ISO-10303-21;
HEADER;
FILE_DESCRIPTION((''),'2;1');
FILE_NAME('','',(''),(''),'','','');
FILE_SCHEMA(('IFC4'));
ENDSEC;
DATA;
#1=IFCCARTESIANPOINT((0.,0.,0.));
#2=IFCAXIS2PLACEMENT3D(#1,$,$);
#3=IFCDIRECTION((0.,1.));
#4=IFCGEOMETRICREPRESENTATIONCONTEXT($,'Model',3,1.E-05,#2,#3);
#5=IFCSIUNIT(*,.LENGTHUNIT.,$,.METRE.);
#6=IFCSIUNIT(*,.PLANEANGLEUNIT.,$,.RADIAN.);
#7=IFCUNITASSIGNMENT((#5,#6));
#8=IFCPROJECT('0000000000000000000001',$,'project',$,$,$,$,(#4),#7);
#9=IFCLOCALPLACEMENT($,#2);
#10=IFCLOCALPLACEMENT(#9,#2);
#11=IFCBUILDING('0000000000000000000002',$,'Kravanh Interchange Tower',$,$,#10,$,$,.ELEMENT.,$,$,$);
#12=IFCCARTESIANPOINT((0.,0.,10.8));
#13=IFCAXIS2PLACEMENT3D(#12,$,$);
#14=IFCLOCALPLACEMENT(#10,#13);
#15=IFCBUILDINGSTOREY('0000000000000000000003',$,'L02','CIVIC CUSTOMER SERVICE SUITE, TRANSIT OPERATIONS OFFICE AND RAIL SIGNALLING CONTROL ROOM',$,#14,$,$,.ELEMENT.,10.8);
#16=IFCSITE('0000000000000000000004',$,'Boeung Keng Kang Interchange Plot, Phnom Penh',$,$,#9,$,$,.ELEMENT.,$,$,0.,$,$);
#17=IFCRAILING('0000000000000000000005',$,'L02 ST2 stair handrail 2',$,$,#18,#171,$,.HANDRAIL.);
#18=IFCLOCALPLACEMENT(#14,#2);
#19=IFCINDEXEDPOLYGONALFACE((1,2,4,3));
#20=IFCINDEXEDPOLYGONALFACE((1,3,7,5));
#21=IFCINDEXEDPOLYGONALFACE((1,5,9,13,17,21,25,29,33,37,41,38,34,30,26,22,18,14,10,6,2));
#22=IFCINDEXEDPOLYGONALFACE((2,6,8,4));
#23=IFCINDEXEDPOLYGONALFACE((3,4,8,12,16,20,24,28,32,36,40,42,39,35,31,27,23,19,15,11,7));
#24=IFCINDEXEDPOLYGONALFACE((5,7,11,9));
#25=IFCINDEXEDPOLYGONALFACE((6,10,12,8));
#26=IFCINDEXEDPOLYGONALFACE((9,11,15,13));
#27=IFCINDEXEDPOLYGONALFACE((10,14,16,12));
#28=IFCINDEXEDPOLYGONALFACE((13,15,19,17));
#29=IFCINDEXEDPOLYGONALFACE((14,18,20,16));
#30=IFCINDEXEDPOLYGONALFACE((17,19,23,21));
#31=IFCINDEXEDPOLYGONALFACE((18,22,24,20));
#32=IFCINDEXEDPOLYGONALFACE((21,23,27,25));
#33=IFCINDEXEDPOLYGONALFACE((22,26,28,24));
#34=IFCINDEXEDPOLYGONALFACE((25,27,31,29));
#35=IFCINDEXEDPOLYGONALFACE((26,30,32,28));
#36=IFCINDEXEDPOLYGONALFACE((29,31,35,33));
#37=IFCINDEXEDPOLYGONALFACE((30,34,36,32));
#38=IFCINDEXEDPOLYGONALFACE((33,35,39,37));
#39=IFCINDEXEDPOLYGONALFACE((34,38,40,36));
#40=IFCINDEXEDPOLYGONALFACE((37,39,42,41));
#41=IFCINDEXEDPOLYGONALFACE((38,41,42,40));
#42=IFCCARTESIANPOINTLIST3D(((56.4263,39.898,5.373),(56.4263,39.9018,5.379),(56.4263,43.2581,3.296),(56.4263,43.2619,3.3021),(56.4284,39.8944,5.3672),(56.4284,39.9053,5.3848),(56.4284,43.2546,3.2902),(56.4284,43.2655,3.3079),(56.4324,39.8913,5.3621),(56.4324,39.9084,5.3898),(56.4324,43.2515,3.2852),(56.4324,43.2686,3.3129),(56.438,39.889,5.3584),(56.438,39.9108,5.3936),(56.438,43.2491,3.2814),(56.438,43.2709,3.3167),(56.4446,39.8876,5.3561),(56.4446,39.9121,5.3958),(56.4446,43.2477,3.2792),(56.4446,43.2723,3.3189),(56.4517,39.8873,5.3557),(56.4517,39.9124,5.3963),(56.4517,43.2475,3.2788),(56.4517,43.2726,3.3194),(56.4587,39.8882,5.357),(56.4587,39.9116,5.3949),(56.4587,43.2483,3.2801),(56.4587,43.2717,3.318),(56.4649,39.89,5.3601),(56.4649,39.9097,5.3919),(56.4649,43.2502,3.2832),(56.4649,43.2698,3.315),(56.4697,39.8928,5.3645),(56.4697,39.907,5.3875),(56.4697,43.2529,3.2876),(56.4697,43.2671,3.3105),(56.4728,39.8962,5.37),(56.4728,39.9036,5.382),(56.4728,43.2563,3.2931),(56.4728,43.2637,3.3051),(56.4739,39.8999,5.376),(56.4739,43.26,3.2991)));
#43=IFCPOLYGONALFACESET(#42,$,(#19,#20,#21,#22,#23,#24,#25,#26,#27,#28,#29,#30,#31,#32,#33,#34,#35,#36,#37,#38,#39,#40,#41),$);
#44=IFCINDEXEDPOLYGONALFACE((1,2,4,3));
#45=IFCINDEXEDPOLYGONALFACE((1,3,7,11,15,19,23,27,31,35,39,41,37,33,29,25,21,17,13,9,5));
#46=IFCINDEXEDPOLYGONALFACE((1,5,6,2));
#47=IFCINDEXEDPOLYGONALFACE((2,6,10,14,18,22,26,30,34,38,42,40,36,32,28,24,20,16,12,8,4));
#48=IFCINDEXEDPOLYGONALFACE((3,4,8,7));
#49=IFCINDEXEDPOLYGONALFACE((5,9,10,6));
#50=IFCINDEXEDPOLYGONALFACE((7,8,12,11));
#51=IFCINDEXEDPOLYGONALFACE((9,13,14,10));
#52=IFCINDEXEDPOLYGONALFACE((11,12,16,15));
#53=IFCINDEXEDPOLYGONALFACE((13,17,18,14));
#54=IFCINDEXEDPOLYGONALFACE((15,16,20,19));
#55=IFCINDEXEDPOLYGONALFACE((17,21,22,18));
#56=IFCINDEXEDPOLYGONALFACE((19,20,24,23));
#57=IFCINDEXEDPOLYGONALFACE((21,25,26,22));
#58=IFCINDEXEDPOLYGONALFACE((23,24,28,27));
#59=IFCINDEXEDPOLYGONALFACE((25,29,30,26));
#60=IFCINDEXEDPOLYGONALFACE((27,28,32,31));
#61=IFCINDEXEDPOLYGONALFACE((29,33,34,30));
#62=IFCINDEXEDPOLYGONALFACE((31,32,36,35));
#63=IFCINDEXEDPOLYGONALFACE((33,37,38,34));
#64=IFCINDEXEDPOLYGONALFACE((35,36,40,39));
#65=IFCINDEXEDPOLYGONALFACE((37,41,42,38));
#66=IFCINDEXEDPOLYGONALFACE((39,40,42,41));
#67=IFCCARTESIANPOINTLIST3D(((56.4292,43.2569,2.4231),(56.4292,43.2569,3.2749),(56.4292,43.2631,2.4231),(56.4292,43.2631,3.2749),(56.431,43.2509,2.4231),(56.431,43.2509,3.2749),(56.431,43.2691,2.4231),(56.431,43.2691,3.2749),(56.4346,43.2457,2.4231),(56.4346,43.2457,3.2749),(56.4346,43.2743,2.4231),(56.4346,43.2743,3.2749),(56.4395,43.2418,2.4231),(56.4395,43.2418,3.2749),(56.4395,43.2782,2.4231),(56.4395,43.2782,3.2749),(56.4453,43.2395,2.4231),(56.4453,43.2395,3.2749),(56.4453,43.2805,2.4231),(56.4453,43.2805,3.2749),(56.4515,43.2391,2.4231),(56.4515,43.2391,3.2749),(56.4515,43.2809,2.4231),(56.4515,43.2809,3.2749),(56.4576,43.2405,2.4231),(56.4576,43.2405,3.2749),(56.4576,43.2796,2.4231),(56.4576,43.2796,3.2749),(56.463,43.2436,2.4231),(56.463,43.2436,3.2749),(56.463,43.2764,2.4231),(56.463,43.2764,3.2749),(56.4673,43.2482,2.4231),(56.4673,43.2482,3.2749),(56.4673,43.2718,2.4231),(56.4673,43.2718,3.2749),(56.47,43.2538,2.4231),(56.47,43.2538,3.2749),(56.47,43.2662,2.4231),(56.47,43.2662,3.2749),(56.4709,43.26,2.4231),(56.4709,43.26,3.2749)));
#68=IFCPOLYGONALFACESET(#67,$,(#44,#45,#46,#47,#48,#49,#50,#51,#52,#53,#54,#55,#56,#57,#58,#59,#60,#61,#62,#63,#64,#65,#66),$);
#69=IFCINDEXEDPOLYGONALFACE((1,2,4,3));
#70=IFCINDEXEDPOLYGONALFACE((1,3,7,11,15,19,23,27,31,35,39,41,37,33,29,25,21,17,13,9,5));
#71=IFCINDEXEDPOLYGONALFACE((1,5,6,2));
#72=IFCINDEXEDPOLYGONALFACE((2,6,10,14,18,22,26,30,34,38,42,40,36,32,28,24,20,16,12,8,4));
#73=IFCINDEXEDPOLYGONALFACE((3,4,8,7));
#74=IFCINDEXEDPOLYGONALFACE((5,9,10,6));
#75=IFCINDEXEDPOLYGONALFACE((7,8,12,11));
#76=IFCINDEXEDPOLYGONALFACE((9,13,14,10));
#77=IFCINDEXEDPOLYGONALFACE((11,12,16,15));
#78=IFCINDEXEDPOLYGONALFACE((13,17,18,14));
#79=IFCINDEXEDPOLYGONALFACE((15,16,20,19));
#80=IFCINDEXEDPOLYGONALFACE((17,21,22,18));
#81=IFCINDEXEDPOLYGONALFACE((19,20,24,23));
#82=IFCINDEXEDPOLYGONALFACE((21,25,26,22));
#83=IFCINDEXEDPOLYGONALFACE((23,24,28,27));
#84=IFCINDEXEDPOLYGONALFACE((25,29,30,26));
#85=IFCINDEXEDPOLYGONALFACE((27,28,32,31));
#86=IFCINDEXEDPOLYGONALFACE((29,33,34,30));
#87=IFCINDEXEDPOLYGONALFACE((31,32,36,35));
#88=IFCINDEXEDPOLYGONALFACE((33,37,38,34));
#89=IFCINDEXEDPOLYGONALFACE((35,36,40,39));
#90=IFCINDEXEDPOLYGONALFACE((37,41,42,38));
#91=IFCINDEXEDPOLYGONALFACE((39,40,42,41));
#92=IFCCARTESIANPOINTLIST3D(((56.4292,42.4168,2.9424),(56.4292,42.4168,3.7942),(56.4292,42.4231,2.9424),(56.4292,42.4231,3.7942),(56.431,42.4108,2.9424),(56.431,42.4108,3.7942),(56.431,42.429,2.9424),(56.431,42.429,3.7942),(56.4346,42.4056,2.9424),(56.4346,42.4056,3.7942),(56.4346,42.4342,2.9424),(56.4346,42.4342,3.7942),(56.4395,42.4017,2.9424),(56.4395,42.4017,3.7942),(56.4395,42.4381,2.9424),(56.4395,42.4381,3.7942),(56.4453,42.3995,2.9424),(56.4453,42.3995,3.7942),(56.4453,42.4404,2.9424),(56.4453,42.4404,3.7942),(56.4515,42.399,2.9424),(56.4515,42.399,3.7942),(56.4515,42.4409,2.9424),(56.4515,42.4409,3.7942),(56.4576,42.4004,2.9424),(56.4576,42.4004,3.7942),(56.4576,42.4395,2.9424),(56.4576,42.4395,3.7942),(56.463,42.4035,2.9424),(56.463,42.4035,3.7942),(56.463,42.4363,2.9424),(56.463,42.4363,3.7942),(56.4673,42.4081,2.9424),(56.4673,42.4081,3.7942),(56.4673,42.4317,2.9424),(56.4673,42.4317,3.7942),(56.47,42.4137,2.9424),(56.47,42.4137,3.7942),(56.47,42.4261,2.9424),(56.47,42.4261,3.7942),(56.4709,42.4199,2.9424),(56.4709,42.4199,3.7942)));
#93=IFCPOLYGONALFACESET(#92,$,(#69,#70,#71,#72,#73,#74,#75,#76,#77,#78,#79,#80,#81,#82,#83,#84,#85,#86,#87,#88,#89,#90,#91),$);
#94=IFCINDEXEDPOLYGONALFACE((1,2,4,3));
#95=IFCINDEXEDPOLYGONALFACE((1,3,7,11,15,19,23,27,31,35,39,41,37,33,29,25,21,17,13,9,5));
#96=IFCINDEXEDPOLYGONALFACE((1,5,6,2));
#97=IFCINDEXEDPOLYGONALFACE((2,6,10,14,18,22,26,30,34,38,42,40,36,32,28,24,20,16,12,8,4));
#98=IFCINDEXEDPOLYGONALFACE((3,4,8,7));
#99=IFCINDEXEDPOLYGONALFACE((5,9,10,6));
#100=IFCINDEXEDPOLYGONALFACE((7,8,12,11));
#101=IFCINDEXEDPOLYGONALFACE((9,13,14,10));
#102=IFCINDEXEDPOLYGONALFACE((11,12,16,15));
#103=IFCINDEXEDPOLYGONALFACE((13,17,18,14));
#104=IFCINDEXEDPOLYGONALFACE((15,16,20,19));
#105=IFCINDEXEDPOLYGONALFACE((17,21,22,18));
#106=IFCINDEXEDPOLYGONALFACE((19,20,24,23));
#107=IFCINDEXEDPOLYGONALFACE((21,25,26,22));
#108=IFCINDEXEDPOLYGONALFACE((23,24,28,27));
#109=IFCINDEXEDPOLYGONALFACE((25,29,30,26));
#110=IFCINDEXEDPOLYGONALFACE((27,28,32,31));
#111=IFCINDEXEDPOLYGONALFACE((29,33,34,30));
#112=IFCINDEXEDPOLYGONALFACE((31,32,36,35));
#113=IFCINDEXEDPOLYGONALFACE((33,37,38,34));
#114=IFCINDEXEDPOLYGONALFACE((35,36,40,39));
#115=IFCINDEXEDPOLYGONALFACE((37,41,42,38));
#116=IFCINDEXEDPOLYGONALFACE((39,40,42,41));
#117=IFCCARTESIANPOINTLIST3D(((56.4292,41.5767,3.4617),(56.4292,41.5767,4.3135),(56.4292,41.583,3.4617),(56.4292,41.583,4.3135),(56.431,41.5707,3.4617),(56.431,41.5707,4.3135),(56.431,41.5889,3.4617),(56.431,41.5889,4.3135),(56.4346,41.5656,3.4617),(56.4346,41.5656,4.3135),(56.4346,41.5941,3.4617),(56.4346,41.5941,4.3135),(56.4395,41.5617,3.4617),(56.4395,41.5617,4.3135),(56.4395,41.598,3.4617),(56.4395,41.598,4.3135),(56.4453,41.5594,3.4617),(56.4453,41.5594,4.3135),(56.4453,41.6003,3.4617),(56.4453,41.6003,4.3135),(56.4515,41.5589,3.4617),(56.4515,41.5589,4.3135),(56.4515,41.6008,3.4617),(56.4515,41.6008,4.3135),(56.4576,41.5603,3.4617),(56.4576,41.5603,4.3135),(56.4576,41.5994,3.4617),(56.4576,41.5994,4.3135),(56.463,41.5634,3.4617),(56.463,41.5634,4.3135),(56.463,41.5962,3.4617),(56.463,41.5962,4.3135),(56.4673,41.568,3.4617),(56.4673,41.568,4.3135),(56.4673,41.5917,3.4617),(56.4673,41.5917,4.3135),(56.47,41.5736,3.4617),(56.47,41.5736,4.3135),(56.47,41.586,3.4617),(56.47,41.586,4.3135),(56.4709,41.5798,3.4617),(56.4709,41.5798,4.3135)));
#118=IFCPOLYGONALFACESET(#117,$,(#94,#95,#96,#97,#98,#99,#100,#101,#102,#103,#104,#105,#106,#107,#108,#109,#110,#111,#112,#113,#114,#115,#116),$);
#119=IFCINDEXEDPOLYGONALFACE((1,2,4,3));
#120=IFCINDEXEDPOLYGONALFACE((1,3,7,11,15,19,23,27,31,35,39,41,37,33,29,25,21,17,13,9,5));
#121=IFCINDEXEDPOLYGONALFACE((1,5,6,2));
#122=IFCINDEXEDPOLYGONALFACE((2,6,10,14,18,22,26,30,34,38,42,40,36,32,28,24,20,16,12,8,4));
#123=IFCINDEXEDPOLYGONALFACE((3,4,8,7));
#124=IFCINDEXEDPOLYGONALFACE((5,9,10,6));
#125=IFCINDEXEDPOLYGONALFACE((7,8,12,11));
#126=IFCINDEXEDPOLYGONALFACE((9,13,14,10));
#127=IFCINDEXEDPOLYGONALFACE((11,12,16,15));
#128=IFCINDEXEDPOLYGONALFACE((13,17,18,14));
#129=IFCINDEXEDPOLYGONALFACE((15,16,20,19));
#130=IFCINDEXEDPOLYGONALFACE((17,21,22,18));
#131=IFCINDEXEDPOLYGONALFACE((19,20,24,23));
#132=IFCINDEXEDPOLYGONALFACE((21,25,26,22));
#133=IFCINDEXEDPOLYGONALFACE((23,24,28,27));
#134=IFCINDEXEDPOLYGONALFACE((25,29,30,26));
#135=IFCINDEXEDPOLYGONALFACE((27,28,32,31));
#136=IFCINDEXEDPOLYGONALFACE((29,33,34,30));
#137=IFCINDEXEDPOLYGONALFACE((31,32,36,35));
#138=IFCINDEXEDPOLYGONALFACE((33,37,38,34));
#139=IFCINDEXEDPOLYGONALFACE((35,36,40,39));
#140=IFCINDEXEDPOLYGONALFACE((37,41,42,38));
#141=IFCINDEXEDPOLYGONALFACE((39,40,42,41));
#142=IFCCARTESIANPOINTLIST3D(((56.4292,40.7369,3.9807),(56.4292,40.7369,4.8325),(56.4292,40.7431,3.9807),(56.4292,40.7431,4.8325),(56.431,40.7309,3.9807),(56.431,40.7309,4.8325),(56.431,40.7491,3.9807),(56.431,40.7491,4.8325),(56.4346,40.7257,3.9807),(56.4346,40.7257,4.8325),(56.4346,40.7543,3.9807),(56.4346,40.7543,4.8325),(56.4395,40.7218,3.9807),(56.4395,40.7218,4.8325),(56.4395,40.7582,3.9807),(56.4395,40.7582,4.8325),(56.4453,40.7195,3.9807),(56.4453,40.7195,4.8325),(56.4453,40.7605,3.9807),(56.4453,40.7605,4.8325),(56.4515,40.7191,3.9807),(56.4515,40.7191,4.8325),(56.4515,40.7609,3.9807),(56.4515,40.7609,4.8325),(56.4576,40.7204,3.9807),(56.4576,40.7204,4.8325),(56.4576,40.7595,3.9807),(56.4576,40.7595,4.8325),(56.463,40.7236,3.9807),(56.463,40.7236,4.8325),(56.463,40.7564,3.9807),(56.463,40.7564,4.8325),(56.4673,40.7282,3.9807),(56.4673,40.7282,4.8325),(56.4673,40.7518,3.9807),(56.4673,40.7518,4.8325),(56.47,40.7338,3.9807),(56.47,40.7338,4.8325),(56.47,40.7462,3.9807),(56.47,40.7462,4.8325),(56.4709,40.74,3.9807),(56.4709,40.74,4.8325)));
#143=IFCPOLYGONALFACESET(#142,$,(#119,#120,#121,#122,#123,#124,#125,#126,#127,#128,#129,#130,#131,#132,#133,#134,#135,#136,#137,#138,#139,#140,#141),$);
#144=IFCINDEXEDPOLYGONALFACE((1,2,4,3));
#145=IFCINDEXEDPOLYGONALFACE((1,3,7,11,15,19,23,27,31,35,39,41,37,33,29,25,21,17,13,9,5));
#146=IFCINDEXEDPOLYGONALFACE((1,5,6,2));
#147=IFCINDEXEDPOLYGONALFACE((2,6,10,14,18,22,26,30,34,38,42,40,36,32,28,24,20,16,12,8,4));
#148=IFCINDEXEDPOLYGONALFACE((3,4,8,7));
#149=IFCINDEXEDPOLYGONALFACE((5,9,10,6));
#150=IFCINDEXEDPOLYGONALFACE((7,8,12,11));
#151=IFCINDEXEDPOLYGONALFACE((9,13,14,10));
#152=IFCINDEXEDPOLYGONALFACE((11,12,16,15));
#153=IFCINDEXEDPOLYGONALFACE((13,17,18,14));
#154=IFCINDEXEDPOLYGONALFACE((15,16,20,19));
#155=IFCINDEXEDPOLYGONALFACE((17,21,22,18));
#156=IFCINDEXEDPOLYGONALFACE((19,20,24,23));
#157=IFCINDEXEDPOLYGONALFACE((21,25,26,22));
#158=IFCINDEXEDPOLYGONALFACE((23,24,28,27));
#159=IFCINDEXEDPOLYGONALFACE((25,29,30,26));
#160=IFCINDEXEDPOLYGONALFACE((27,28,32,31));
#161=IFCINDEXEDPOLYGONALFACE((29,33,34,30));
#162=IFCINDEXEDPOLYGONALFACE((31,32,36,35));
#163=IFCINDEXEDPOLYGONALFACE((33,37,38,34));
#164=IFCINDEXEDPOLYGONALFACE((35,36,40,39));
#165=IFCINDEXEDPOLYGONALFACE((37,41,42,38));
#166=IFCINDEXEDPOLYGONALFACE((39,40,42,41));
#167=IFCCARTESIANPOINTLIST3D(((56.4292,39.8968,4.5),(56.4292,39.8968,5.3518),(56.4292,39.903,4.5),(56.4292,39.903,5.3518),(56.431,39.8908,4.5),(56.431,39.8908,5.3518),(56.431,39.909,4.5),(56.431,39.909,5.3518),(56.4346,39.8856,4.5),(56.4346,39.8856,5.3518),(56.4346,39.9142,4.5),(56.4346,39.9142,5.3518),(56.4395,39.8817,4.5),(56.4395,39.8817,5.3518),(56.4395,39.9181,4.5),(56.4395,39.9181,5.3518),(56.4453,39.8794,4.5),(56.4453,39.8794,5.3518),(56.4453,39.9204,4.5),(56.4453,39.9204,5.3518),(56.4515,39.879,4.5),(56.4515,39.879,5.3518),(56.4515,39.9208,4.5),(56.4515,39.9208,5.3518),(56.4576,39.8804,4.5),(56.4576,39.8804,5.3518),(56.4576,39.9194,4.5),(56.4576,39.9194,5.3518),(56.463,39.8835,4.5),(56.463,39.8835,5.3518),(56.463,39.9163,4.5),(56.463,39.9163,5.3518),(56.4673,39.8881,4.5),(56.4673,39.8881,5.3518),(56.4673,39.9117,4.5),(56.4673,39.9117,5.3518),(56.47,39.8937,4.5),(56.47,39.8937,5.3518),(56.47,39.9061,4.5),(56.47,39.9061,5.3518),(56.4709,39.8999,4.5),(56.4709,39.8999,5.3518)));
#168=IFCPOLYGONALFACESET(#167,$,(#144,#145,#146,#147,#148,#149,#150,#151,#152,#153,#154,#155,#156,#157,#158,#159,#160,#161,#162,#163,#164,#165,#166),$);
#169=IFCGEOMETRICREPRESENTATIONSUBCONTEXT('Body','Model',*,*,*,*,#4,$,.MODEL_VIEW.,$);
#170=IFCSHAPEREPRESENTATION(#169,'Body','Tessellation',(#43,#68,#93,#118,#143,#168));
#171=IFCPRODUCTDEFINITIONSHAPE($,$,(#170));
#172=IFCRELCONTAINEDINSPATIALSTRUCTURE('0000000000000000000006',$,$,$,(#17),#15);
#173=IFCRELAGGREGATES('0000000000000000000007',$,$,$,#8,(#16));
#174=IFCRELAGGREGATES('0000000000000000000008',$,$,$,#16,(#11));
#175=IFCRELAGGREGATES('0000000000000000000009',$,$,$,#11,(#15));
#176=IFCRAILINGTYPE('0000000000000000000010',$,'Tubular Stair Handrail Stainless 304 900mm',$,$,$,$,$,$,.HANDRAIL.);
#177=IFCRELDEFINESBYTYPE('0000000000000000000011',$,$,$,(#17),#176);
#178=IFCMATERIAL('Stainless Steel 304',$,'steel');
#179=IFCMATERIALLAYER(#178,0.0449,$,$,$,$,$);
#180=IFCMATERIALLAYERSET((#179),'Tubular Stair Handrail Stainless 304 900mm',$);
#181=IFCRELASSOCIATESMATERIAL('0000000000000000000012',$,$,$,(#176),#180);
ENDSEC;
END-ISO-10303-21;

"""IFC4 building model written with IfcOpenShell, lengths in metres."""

from ifc_helpers import new_model, si_unit, direction, frame, origin, origin_2d, place, context, subcontext, project, spatial, circle, extrude, material, layer, layer_set, type_object, element, save


model = new_model("IFC4")

# Units and contexts
model_context = context("Model", 3, precision=1e-05, world=origin(), true_north=direction((0.0, 1.0)))
body_context = subcontext(model_context, "Body", "Model", "MODEL_VIEW")
ifc_project = project(units=[si_unit("LENGTHUNIT", "METRE"), si_unit("PLANEANGLEUNIT", "RADIAN")], contexts=[model_context])

# Site, building, storey
site_placement = place(None, origin())
site = spatial("IfcSite", under=ifc_project, at=site_placement, Name="Boeung Keng Kang Interchange Plot, Phnom Penh", CompositionType="ELEMENT", RefElevation=0.0)
building_placement = place(site_placement, origin())
building = spatial("IfcBuilding", under=site, at=building_placement, Name="Kravanh Interchange Tower", CompositionType="ELEMENT")
storey_placement = place(building_placement, frame((0.0, 0.0, 10.8)))
storey = spatial("IfcBuildingStorey", under=building, at=storey_placement, Name="L02", Description="CIVIC CUSTOMER SERVICE SUITE, TRANSIT OPERATIONS OFFICE AND RAIL SIGNALLING CONTROL ROOM", CompositionType="ELEMENT", Elevation=10.8)

# Railing
ifc_material_1 = material(Name="Stainless Steel 304", Category="steel")
ifc_layer_1 = layer(ifc_material_1, 0.0449)
ifc_layer_set_1 = layer_set([ifc_layer_1], Name="Tubular Stair Handrail Stainless 304 900mm")
railing_type_1 = type_object("IfcRailingType", Name="Tubular Stair Handrail Stainless 304 900mm", PredefinedType="HANDRAIL", material=ifc_layer_set_1)
railing_1_placement = place(storey_placement, frame((56.45, 43.26, 2.4231)))
element("IfcRailing", 1, at=railing_1_placement, inside=storey, type_object=railing_type_1, Name="L02 ST2 stair handrail 2", PredefinedType="HANDRAIL", context=body_context, shape_type="SweptSolid", body=[
    extrude(circle(Radius=0.0239, at=origin_2d()), frame((0.0, 0.0, 0.876), z_axis=(0.0, -0.850623, 0.525776), x_axis=(1.0, 0.0, 0.0)), (0.0, 0.0, 1.0), 3.9502),
    extrude(circle(Radius=0.021, at=origin_2d()), origin(), (0.0, 0.0, 1.0), 0.8518),
    extrude(circle(Radius=0.021, at=origin_2d()), frame((0.0, -0.8401, 0.5193)), (0.0, 0.0, 1.0), 0.8518),
    extrude(circle(Radius=0.021, at=origin_2d()), frame((0.0, -1.6802, 1.0386)), (0.0, 0.0, 1.0), 0.8518),
    extrude(circle(Radius=0.021, at=origin_2d()), frame((0.0, -2.52, 1.5576)), (0.0, 0.0, 1.0), 0.8518),
    extrude(circle(Radius=0.021, at=origin_2d()), frame((0.0, -3.3601, 2.0769)), (0.0, 0.0, 1.0), 0.8518),
])

save(model, "model.ifc")
